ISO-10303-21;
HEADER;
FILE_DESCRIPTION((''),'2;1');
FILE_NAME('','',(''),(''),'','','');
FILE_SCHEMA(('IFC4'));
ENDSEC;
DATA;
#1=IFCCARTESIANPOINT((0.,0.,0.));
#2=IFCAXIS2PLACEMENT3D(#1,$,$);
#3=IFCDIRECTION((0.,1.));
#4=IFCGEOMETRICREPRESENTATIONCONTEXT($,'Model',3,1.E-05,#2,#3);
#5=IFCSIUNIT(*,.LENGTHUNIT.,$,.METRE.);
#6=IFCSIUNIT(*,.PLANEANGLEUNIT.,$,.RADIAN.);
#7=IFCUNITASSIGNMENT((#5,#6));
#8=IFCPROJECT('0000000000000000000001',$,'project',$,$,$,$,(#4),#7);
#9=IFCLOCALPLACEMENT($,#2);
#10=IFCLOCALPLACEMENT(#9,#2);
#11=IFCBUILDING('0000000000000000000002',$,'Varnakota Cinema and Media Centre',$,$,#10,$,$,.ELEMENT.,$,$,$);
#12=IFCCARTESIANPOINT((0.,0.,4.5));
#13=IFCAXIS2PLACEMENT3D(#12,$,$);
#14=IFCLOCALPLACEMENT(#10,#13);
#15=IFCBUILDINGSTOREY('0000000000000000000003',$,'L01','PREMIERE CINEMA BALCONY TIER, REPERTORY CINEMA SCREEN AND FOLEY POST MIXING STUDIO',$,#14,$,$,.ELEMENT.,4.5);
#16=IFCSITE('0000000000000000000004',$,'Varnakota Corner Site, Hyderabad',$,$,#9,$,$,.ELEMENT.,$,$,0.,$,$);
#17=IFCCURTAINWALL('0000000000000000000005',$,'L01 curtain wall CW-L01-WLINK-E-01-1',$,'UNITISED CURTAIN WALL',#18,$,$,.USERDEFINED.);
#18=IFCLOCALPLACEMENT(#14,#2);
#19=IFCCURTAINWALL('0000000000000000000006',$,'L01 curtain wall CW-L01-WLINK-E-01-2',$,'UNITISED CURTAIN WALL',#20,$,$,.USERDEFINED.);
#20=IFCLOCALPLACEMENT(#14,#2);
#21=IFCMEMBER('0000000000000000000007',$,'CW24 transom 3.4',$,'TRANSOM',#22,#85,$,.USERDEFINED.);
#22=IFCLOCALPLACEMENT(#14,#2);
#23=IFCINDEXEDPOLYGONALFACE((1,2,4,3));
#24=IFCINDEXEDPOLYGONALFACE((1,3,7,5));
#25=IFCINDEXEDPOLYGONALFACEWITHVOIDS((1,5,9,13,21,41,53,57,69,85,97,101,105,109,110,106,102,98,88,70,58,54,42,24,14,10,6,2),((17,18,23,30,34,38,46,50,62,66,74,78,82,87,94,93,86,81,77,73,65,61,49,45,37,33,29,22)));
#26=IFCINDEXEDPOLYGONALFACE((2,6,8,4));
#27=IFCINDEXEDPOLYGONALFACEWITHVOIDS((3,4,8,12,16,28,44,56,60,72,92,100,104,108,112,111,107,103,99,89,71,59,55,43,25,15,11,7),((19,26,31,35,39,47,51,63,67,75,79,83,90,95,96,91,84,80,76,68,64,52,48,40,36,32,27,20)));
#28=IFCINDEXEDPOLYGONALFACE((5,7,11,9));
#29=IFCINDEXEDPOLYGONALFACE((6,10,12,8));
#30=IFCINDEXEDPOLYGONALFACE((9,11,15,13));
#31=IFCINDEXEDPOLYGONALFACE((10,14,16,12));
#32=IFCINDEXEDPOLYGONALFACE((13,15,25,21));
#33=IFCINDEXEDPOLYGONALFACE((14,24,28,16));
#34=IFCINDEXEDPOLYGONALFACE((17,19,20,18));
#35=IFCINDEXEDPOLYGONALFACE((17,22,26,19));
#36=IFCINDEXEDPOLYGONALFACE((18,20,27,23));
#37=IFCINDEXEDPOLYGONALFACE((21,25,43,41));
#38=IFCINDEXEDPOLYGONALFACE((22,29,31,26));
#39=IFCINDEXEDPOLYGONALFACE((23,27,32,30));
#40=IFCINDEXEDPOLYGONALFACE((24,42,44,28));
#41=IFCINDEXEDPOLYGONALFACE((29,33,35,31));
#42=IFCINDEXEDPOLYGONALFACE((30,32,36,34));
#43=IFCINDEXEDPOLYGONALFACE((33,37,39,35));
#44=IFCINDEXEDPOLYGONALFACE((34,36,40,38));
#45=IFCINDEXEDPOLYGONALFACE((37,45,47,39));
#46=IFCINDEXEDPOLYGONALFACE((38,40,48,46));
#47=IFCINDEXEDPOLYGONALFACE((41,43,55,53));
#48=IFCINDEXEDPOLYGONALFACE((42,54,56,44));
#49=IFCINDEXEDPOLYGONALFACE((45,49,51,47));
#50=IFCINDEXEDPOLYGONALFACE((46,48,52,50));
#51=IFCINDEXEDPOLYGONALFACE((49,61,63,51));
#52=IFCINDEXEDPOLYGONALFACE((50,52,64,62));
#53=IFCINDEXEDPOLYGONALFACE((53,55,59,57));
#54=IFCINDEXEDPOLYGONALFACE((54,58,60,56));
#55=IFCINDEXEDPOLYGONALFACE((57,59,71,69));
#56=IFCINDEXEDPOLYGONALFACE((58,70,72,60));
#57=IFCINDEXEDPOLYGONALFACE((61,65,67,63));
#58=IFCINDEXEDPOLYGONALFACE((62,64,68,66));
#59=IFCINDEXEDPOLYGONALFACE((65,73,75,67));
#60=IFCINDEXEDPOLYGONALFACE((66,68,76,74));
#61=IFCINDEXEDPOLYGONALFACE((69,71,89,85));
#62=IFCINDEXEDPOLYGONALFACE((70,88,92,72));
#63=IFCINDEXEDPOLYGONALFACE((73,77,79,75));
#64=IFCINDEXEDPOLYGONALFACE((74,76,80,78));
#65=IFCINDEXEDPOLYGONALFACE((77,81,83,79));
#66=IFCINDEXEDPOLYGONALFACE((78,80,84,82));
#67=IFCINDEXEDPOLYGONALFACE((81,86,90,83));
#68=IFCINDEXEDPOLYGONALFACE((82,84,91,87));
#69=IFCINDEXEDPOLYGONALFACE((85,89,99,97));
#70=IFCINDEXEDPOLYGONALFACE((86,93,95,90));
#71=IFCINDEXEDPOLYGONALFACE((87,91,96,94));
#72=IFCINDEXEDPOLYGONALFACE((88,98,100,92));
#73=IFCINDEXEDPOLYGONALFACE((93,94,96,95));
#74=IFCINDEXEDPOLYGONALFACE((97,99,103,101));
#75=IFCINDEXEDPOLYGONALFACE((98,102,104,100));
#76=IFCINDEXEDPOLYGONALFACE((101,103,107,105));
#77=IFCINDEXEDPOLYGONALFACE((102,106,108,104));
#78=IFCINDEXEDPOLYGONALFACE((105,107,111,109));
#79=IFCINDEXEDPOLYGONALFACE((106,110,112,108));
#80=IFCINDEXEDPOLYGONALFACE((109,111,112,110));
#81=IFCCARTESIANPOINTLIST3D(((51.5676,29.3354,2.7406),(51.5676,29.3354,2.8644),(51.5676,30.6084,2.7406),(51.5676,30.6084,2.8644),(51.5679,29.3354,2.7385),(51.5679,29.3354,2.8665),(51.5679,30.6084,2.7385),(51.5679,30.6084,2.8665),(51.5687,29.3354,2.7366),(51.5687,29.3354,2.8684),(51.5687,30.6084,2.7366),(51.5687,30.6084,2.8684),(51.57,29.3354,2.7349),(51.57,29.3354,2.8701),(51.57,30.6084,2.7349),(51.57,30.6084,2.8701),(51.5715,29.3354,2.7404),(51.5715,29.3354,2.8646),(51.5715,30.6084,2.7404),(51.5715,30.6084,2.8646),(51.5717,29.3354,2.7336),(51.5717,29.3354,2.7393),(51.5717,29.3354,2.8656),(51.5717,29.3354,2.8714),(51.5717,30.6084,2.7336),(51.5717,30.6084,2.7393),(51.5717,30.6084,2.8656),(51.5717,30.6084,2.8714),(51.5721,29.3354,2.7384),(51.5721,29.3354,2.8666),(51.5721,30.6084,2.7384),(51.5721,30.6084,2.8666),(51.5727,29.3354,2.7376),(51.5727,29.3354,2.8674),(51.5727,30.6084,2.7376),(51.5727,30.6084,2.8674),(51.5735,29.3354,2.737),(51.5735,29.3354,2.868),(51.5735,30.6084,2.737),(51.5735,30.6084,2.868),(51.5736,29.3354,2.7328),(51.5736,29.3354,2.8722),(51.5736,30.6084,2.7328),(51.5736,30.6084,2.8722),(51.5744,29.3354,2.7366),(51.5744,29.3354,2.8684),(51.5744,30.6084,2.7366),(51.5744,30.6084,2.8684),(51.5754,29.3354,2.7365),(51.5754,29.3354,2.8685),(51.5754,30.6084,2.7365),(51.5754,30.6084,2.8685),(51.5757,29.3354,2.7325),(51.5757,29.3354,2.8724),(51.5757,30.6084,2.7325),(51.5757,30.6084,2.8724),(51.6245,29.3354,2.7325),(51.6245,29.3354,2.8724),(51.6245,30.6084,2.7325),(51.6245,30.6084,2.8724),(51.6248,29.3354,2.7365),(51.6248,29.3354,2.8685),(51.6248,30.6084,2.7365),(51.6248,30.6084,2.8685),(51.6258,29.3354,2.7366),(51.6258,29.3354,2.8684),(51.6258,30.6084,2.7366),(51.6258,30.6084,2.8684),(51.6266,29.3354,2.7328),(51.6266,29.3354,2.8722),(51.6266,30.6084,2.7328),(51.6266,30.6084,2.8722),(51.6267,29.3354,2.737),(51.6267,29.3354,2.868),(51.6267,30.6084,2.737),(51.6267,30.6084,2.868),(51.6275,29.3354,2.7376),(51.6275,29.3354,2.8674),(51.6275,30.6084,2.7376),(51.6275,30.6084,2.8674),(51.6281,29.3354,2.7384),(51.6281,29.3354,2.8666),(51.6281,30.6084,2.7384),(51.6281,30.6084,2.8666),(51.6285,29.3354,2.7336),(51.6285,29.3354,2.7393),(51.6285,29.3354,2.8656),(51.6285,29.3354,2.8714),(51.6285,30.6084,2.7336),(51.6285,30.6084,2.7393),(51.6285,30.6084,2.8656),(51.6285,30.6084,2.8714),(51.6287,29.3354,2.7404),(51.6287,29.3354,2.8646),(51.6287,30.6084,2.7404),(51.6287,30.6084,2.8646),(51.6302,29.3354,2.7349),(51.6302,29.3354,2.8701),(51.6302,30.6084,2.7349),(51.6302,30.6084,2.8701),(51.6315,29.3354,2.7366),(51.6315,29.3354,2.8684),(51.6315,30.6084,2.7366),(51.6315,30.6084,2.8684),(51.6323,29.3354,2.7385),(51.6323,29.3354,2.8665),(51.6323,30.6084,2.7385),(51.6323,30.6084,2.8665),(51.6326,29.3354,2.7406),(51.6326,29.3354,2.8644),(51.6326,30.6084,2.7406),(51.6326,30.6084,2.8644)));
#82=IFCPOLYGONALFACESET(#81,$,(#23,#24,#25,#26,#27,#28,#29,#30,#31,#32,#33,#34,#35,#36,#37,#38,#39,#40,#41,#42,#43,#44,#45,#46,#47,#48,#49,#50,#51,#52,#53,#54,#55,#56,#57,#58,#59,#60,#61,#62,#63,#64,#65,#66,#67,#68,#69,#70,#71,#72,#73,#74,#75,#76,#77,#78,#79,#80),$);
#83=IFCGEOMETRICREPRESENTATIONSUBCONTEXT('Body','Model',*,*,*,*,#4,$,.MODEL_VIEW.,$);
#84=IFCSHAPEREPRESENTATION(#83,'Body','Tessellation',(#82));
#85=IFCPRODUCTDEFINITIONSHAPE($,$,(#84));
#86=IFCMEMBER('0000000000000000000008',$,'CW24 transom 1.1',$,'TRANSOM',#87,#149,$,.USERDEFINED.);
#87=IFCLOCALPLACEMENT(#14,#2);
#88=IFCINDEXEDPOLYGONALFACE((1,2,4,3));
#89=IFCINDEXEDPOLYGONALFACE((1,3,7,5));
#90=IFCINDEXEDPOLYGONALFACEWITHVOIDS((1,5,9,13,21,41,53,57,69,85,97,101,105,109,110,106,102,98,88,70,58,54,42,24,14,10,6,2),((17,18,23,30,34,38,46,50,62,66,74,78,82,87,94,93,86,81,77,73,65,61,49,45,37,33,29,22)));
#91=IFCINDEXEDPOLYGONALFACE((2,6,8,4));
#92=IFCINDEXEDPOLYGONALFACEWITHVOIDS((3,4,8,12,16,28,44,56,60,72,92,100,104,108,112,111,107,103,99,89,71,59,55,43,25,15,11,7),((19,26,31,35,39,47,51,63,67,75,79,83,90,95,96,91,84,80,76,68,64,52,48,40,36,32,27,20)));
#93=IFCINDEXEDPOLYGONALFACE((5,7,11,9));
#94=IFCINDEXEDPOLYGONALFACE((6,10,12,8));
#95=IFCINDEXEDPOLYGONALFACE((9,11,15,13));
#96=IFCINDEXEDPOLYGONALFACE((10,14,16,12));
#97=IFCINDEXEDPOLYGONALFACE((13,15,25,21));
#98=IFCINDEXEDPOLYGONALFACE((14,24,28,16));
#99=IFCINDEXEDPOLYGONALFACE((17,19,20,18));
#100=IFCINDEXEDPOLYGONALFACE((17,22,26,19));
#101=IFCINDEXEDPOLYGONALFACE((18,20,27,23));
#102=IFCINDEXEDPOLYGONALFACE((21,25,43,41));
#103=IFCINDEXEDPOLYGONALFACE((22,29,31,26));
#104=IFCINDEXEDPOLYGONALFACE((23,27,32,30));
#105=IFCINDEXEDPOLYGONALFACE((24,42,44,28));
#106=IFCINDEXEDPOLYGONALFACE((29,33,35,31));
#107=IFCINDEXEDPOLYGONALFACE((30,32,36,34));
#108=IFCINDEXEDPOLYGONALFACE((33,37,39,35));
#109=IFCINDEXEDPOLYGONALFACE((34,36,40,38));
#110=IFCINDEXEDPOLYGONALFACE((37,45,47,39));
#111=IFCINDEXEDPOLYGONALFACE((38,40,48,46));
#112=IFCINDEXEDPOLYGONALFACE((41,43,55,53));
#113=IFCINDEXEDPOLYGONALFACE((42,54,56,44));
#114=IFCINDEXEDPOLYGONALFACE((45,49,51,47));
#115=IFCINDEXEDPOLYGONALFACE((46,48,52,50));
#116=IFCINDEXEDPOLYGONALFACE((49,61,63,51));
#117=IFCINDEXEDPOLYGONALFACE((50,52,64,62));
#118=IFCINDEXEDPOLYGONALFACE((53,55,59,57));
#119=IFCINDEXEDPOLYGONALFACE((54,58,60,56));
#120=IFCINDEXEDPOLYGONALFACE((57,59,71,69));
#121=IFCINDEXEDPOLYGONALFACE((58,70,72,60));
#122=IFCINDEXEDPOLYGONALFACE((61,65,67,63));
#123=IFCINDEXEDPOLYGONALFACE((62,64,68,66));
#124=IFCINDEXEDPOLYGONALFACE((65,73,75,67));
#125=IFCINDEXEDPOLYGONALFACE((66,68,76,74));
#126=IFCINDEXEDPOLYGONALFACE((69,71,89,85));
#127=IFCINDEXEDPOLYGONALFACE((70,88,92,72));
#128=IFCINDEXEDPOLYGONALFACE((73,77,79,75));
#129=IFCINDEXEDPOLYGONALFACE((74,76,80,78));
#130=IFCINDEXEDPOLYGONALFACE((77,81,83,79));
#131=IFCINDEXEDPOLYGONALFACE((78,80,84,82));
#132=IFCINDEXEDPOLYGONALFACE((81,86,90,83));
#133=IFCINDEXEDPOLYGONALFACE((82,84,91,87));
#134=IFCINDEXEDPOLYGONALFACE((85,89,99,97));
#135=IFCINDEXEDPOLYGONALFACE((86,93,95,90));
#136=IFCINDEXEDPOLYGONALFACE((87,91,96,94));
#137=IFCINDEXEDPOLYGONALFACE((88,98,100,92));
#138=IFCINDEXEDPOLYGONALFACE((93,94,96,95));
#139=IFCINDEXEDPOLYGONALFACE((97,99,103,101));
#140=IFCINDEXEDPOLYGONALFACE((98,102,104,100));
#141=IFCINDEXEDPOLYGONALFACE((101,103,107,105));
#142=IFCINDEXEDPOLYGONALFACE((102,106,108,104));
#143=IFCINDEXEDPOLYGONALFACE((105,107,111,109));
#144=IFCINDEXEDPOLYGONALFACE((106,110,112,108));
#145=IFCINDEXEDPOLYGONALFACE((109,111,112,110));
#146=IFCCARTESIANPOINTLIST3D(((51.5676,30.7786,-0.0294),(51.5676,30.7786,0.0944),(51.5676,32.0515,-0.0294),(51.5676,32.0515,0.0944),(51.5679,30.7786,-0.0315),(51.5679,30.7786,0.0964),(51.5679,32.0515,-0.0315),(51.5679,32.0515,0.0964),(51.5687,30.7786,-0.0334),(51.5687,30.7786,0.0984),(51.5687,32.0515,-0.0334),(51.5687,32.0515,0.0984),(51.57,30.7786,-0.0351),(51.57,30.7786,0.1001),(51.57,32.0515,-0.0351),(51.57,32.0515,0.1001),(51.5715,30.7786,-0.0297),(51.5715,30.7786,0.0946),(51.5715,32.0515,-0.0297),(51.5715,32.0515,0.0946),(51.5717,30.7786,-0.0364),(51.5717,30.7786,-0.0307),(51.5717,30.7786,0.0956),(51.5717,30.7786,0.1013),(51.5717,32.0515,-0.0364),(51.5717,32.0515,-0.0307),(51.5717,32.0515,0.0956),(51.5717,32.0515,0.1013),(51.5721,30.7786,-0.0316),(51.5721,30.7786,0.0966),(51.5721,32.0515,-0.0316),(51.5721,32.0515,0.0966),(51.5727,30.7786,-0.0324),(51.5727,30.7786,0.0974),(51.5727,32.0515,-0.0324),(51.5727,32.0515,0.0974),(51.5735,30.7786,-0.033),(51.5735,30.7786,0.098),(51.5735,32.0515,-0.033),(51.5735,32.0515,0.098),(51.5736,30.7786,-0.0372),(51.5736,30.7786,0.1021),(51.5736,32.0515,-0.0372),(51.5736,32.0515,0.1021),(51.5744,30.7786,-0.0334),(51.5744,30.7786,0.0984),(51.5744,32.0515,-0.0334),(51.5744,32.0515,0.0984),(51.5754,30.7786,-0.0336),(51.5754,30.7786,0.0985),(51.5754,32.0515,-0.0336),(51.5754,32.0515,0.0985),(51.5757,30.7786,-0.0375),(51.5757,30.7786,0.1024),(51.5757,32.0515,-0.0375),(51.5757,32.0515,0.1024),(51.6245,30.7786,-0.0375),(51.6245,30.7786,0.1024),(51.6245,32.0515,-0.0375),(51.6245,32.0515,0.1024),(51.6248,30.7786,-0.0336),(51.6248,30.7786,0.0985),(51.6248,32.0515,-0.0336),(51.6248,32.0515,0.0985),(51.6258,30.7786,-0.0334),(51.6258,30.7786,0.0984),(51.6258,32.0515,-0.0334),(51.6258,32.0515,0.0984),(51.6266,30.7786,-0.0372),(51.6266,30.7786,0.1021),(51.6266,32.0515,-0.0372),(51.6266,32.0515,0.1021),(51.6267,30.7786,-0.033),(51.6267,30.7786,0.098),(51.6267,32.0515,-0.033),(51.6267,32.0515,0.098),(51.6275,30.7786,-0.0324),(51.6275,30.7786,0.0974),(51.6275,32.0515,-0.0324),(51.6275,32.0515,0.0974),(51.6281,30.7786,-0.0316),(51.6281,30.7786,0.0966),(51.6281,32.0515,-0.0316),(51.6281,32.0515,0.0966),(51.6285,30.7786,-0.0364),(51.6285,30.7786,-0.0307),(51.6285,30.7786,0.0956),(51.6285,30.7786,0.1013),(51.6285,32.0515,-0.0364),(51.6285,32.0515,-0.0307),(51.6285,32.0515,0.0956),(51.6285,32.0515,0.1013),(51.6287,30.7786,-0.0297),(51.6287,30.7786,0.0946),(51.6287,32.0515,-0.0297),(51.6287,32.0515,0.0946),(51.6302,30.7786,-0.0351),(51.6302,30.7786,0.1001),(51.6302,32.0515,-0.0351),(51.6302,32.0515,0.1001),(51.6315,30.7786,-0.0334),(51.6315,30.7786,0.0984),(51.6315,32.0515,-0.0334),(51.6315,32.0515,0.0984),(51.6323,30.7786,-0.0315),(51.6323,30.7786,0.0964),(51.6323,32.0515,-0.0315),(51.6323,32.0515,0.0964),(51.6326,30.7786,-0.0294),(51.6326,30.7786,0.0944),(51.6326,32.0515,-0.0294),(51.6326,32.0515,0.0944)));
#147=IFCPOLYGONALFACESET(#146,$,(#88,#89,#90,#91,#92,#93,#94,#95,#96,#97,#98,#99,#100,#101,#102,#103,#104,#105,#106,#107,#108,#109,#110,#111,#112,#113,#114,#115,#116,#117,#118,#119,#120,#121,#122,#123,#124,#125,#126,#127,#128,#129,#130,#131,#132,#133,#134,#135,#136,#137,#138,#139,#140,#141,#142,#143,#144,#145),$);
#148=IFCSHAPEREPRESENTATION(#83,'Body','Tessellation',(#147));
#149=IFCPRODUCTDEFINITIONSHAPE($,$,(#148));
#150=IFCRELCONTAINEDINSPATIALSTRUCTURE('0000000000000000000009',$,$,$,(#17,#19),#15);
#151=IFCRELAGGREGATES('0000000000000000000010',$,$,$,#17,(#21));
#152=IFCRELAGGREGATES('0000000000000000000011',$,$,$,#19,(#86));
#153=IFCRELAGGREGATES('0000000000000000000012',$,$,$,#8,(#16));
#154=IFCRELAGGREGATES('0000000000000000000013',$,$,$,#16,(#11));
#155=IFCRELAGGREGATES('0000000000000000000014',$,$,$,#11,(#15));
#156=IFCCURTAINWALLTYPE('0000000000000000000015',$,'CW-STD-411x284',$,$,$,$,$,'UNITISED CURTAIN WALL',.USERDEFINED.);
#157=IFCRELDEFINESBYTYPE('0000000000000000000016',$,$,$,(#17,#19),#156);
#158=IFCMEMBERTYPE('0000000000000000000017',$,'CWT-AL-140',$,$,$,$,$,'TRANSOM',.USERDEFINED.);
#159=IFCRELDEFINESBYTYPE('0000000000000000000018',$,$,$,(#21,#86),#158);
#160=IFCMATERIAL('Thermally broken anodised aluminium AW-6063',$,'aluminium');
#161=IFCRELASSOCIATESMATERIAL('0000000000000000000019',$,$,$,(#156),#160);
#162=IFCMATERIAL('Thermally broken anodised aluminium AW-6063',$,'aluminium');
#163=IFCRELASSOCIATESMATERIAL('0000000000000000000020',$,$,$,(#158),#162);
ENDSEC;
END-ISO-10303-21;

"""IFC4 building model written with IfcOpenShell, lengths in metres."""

from ifc_helpers import new_model, si_unit, direction, frame, origin, origin_2d, place, context, subcontext, project, spatial, hollow_rectangle, extrude, material, material_profile, profile_set, type_object, element, aggregate, save


model = new_model("IFC4")

# Units and contexts
model_context = context("Model", 3, precision=1e-05, world=origin(), true_north=direction((0.0, 1.0)))
body_context = subcontext(model_context, "Body", "Model", "MODEL_VIEW")
ifc_project = project(units=[si_unit("LENGTHUNIT", "METRE"), si_unit("PLANEANGLEUNIT", "RADIAN")], contexts=[model_context])

# Site, building, storey
site_placement = place(None, origin())
site = spatial("IfcSite", under=ifc_project, at=site_placement, Name="Varnakota Corner Site, Hyderabad", CompositionType="ELEMENT", RefElevation=0.0)
building_placement = place(site_placement, origin())
building = spatial("IfcBuilding", under=site, at=building_placement, Name="Varnakota Cinema and Media Centre", CompositionType="ELEMENT")
storey_placement = place(building_placement, frame((0.0, 0.0, 4.5)))
storey = spatial("IfcBuildingStorey", under=building, at=storey_placement, Name="L01", Description="PREMIERE CINEMA BALCONY TIER, REPERTORY CINEMA SCREEN AND FOLEY POST MIXING STUDIO", CompositionType="ELEMENT", Elevation=4.5)

# Curtain wall
ifc_material_1 = material(Name="Thermally broken anodised aluminium AW-6063", Category="aluminium")
curtain_wall_type = type_object("IfcCurtainWallType", Name="CW-STD-411x284", ElementType="UNITISED CURTAIN WALL", PredefinedType="USERDEFINED", material=ifc_material_1)
curtain_wall_1_placement = place(storey_placement, origin())
curtain_wall_1 = element("IfcCurtainWall", 1, at=curtain_wall_1_placement, inside=storey, type_object=curtain_wall_type, Name="L01 curtain wall CW-L01-WLINK-E-01-1", ObjectType="UNITISED CURTAIN WALL", PredefinedType="USERDEFINED")

# Curtain wall
curtain_wall_2_placement = place(storey_placement, origin())
curtain_wall_2 = element("IfcCurtainWall", 2, at=curtain_wall_2_placement, inside=storey, type_object=curtain_wall_type, Name="L01 curtain wall CW-L01-WLINK-E-01-2", ObjectType="UNITISED CURTAIN WALL", PredefinedType="USERDEFINED")

# Members
ifc_material_2 = material(Name="Thermally broken anodised aluminium AW-6063", Category="aluminium")
ifc_material_profile_1 = material_profile(ifc_material_2, hollow_rectangle(XDim=0.0649, YDim=0.1399, WallThickness=0.0039, InnerFilletRadius=0.0039, OuterFilletRadius=0.0081, at=origin_2d()), Name="AL-TRANSOM 140x65x4")
ifc_profile_set_1 = profile_set([ifc_material_profile_1], Name="Thermally broken anodised aluminium AW-6063")
member_type_1 = type_object("IfcMemberType", Name="CWT-AL-140", ElementType="TRANSOM", PredefinedType="USERDEFINED", material=ifc_profile_set_1)
member_1_placement = place(storey_placement, frame((51.6001, 29.3354, 2.8025), z_axis=(0.0, 1.0, 0.0), x_axis=(-1.0, 0.0, 0.0)))
member_1 = element("IfcMember", 3, at=member_1_placement, type_object=member_type_1, Name="CW24 transom 3.4", ObjectType="TRANSOM", PredefinedType="USERDEFINED", context=body_context, shape_type="SweptSolid", body=[
    extrude(hollow_rectangle(XDim=0.0649, YDim=0.1399, WallThickness=0.0039, InnerFilletRadius=0.0039, OuterFilletRadius=0.0081, at=origin_2d()), origin(), (0.0, 0.0, 1.0), 1.2729),
])
member_2_placement = place(storey_placement, frame((51.6001, 30.7786, 0.0325), z_axis=(0.0, 1.0, 0.0), x_axis=(-1.0, 0.0, 0.0)))
member_2 = element("IfcMember", 4, at=member_2_placement, type_object=member_type_1, Name="CW24 transom 1.1", ObjectType="TRANSOM", PredefinedType="USERDEFINED", context=body_context, shape_type="SweptSolid", body=[
    extrude(hollow_rectangle(XDim=0.0649, YDim=0.1399, WallThickness=0.0039, InnerFilletRadius=0.0039, OuterFilletRadius=0.0081, at=origin_2d()), origin(), (0.0, 0.0, 1.0), 1.2729),
])

aggregate(curtain_wall_1, [member_1])
aggregate(curtain_wall_2, [member_2])

save(model, "model.ifc")
